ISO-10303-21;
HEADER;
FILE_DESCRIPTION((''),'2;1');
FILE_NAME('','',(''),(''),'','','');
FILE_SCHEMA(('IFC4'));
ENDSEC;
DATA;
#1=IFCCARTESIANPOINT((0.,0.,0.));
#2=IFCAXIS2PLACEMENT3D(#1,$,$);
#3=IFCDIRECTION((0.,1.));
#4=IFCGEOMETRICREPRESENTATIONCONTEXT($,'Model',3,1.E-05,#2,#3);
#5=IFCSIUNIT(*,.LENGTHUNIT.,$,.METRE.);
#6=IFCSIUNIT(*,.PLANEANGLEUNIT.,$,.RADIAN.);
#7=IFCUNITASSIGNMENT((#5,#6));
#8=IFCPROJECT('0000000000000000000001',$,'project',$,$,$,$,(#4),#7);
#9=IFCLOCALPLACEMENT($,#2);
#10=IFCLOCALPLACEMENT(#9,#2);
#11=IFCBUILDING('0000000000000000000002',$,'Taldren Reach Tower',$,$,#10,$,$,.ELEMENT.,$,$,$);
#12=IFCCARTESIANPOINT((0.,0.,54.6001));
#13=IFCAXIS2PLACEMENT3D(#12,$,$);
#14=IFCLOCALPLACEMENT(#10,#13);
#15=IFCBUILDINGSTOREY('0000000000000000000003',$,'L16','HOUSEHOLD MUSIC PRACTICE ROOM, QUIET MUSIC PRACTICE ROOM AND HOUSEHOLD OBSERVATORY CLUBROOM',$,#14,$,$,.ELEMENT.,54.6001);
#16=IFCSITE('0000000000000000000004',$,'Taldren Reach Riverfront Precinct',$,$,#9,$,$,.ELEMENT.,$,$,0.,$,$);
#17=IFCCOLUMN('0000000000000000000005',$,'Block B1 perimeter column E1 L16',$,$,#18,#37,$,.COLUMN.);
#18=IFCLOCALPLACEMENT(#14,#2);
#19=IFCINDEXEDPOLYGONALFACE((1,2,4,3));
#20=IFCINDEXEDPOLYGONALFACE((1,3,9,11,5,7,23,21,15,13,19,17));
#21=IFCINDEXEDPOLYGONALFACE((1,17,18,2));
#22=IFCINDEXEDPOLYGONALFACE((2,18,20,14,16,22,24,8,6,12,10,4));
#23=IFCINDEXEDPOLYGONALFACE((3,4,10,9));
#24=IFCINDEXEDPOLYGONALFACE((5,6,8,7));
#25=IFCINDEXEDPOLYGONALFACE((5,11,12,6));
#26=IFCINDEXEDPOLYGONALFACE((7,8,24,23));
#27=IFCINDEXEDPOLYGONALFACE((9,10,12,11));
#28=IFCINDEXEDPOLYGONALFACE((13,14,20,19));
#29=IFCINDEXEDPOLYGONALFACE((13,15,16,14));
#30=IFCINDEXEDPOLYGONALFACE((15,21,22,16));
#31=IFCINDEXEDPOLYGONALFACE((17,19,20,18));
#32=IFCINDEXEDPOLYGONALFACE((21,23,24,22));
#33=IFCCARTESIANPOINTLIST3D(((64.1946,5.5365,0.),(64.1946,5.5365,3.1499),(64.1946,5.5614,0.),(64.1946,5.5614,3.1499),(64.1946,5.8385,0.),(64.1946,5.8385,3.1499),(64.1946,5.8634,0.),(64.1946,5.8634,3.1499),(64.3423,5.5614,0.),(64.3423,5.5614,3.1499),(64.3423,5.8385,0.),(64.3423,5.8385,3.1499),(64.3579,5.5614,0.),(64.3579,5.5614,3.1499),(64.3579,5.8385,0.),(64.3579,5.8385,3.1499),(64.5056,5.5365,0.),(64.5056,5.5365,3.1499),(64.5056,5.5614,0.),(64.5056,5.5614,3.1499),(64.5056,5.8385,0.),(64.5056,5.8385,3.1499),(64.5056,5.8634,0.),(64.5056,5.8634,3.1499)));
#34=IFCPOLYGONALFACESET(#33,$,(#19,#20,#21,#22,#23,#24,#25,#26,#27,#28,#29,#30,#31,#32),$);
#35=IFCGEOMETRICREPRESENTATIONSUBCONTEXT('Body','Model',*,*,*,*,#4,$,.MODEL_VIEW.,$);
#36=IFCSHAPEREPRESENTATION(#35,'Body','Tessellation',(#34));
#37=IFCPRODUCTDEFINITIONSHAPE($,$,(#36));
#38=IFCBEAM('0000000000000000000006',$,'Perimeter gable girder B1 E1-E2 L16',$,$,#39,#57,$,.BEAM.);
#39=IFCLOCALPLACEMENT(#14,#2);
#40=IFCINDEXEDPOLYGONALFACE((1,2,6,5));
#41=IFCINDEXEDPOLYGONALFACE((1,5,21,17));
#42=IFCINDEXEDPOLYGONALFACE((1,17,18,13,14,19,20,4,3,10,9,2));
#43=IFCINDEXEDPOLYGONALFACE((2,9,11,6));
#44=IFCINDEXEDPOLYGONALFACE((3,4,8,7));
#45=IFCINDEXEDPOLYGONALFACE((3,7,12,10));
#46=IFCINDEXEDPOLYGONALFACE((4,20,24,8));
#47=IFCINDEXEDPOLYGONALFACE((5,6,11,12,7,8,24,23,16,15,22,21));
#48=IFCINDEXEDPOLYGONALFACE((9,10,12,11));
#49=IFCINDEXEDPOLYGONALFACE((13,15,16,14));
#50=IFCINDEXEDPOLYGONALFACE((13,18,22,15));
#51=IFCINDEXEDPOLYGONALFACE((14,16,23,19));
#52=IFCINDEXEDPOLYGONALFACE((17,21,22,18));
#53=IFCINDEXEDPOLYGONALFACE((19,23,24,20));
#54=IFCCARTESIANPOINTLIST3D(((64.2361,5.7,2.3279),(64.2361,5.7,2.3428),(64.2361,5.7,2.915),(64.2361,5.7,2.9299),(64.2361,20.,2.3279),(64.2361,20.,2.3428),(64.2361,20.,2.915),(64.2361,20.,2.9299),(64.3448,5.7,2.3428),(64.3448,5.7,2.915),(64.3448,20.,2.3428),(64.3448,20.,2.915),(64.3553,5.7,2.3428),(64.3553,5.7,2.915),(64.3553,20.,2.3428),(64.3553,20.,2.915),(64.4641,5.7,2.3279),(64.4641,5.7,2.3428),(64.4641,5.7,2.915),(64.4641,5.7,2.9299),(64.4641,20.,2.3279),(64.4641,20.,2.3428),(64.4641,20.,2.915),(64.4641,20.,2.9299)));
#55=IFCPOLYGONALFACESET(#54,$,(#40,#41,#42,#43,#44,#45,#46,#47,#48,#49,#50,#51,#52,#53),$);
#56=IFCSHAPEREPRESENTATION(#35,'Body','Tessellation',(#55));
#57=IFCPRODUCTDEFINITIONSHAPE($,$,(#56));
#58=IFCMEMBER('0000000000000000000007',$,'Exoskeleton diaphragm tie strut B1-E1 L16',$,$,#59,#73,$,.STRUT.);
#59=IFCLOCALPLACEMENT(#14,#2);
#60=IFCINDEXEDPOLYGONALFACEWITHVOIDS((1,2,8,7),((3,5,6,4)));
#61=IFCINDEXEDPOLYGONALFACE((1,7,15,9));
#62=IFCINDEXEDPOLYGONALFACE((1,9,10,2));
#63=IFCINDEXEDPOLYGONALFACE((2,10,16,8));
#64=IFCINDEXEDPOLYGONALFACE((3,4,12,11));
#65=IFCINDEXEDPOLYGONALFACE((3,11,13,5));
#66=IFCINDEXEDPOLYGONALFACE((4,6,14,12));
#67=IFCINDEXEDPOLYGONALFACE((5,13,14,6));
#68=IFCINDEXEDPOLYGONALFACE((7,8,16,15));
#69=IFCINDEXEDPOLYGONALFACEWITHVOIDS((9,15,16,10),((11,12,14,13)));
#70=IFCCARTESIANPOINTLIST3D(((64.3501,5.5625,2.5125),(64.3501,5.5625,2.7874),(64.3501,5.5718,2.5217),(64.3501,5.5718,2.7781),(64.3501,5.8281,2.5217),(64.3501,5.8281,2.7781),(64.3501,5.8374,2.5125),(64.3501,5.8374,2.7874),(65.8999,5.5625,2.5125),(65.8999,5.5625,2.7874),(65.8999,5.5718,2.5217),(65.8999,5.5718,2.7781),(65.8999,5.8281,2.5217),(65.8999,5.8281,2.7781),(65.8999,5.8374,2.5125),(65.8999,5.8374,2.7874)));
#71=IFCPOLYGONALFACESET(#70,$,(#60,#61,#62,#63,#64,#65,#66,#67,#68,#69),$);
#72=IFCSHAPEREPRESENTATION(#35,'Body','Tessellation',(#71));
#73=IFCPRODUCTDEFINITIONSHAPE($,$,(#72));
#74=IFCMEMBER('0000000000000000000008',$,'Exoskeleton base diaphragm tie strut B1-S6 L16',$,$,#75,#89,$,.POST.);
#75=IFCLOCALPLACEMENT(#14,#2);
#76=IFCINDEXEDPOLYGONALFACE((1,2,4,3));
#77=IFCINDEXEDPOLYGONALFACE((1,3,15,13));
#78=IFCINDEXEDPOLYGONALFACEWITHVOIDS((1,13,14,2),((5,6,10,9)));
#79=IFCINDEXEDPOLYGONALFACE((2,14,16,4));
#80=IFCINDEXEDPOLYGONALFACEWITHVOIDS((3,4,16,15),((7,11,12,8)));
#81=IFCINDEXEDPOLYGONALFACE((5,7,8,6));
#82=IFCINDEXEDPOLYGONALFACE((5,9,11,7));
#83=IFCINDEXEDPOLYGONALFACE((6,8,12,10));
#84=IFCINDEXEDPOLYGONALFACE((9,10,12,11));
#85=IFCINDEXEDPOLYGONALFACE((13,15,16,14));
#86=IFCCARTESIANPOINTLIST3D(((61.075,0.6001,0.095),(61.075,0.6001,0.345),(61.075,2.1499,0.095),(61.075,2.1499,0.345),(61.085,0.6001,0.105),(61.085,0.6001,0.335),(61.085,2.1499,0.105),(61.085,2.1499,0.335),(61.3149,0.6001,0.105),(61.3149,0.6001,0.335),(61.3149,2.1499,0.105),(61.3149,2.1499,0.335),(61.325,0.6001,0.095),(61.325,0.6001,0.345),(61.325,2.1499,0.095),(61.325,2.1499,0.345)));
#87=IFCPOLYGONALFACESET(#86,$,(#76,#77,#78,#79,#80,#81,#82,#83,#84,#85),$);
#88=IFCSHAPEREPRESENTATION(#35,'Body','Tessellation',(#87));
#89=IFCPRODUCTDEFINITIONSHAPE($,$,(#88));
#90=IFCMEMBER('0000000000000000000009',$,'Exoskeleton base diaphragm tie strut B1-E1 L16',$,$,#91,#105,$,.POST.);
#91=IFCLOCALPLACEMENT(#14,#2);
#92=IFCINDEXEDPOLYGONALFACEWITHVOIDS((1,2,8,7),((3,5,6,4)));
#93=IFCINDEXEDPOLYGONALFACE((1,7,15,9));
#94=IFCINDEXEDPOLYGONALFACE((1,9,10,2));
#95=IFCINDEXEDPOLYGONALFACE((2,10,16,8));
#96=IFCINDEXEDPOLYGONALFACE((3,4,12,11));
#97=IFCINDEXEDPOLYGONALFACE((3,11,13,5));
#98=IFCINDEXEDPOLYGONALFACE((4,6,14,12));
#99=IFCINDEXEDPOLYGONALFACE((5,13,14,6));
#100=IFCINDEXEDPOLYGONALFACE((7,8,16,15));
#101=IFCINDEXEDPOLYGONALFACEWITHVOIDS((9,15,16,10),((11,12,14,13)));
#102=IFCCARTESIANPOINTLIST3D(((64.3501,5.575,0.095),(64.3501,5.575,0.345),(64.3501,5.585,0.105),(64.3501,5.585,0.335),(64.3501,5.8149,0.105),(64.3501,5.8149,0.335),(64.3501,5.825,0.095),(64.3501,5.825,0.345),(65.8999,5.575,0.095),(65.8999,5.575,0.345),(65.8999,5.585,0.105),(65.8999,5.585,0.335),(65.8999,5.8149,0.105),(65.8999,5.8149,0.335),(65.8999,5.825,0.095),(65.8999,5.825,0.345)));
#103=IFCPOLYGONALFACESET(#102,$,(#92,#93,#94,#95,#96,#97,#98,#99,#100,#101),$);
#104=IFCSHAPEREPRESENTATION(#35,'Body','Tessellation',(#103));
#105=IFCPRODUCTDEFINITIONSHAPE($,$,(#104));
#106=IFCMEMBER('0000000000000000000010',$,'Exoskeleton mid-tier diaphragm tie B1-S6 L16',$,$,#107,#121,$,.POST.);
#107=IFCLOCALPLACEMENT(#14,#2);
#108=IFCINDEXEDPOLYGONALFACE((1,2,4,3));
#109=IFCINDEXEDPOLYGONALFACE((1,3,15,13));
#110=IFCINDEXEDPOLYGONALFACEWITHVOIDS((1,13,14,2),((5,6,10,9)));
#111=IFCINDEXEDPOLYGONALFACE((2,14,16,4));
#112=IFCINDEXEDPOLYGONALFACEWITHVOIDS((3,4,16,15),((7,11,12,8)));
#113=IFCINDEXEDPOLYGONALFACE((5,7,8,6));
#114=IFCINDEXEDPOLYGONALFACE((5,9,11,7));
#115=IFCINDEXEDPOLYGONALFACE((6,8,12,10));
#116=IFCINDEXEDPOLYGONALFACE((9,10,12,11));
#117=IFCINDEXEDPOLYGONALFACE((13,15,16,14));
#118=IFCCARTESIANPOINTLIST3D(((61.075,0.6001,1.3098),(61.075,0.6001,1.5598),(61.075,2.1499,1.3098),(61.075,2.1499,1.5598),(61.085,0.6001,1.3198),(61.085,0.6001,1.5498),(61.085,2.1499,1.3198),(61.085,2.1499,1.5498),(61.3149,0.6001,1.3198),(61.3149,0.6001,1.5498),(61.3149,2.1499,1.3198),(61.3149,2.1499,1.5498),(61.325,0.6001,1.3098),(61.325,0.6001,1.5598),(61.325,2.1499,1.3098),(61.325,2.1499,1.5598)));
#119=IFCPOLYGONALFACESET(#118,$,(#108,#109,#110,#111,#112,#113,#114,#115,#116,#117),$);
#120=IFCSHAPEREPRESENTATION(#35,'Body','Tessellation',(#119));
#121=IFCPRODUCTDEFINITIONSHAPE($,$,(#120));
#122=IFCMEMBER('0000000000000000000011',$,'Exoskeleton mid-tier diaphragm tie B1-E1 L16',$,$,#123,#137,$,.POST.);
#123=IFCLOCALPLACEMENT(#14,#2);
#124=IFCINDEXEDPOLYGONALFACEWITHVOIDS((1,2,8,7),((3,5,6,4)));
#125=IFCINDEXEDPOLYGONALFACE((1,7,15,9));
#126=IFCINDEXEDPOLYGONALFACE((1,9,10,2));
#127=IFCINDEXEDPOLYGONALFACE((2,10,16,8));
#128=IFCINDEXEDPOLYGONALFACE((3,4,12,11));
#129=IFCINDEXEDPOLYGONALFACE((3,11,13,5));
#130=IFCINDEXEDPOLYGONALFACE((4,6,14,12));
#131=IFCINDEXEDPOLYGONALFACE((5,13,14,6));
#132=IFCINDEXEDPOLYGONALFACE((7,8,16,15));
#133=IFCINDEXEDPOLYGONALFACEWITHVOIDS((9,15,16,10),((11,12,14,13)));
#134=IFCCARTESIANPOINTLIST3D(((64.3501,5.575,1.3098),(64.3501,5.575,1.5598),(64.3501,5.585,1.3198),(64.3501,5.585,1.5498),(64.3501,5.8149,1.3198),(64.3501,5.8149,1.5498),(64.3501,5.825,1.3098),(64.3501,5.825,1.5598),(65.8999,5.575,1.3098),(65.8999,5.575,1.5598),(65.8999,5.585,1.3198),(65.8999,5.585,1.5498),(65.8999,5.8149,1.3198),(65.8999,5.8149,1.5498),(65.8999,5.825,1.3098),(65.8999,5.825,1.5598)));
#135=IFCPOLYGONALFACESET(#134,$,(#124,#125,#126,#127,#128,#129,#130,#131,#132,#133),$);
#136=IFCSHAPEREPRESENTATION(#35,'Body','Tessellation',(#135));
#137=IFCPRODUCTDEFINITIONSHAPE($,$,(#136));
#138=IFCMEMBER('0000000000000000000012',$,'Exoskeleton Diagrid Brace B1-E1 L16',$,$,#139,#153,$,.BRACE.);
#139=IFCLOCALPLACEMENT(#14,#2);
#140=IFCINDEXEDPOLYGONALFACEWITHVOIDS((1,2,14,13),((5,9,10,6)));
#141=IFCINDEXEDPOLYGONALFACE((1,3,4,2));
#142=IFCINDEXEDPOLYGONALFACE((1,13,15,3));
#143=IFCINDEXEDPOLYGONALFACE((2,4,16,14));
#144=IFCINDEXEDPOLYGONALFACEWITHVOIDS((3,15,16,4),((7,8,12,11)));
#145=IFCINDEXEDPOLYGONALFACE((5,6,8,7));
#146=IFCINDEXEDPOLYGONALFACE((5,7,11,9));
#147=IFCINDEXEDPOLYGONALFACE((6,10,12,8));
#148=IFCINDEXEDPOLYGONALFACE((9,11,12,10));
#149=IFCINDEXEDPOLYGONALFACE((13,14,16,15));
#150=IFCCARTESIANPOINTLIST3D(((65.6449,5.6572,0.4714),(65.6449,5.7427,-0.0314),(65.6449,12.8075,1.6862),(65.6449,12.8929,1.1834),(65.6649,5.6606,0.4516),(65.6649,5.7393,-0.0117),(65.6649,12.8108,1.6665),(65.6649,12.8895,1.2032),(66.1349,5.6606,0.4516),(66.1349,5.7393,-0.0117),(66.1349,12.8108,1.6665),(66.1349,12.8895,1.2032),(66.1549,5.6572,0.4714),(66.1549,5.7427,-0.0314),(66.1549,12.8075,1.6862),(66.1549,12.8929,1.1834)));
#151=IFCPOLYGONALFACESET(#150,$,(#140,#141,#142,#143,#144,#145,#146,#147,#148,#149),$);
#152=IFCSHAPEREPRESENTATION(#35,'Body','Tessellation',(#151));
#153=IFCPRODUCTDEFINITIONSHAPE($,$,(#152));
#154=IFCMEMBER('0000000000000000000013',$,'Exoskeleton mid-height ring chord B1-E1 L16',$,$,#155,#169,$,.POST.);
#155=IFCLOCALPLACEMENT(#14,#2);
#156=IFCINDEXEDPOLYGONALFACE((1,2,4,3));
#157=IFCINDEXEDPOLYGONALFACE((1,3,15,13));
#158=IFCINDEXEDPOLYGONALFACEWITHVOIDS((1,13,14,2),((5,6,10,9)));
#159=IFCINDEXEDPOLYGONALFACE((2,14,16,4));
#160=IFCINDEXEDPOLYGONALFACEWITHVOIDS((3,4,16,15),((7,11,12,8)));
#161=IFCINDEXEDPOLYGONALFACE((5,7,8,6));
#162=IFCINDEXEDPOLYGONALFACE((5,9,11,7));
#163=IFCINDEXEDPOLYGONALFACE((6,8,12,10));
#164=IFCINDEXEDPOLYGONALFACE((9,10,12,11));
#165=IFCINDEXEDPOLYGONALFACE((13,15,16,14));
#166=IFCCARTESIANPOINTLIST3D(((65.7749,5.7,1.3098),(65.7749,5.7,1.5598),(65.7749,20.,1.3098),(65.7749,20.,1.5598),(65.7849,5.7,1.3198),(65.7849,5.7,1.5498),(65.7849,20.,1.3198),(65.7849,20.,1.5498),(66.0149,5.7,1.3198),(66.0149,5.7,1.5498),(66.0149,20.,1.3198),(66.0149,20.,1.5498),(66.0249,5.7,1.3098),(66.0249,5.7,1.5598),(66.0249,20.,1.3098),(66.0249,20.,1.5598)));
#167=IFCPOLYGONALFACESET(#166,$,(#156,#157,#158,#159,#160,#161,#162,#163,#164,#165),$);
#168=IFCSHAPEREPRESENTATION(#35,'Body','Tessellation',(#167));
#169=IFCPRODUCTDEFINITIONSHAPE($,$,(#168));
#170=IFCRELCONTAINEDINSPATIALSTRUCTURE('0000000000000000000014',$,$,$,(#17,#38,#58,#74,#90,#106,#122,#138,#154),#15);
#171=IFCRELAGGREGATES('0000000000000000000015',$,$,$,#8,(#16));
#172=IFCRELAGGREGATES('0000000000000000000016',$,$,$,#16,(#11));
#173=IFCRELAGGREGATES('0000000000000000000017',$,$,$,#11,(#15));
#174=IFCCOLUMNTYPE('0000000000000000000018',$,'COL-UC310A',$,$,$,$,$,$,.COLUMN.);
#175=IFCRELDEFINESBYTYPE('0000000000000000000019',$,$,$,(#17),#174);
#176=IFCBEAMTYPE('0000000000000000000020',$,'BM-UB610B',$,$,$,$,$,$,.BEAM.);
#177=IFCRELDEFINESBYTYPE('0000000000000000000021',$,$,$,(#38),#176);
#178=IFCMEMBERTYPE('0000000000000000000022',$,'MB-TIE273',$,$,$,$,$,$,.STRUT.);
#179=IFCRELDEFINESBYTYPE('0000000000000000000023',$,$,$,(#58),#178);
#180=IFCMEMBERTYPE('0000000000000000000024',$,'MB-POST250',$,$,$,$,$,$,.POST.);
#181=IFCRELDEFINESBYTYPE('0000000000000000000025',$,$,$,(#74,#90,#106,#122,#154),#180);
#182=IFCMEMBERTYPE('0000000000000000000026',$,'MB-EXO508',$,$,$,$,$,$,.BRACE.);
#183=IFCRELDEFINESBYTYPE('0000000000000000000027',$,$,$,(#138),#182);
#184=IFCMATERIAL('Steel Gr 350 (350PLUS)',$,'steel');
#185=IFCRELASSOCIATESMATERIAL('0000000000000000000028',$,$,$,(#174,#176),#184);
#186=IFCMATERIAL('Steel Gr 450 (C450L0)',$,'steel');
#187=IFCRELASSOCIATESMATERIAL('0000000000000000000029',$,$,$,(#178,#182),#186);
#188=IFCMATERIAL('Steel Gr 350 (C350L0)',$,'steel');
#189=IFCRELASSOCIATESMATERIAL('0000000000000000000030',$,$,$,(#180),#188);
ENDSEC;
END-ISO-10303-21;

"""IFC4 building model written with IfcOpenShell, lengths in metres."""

from ifc_helpers import new_model, si_unit, direction, frame, origin, origin_2d, place, context, subcontext, project, spatial, hollow_rectangle, i_section, extrude, source, transform, mapped, material, material_profile, profile_set, type_object, element, save


model = new_model("IFC4")

# Units and contexts
model_context = context("Model", 3, precision=1e-05, world=origin(), true_north=direction((0.0, 1.0)))
body_context = subcontext(model_context, "Body", "Model", "MODEL_VIEW")
ifc_project = project(units=[si_unit("LENGTHUNIT", "METRE"), si_unit("PLANEANGLEUNIT", "RADIAN")], contexts=[model_context])

# Site, building, storey
site_placement = place(None, origin())
site = spatial("IfcSite", under=ifc_project, at=site_placement, Name="Taldren Reach Riverfront Precinct", CompositionType="ELEMENT", RefElevation=0.0)
building_placement = place(site_placement, origin())
building = spatial("IfcBuilding", under=site, at=building_placement, Name="Taldren Reach Tower", CompositionType="ELEMENT")
storey_placement = place(building_placement, frame((0.0, 0.0, 54.6001)))
storey = spatial("IfcBuildingStorey", under=building, at=storey_placement, Name="L16", Description="HOUSEHOLD MUSIC PRACTICE ROOM, QUIET MUSIC PRACTICE ROOM AND HOUSEHOLD OBSERVATORY CLUBROOM", CompositionType="ELEMENT", Elevation=54.6001)

# Column
ifc_material_1 = material(Name="Steel Gr 350 (350PLUS)", Category="steel")
ifc_material_profile_1 = material_profile(ifc_material_1, i_section(OverallWidth=0.311, OverallDepth=0.3269, WebThickness=0.0156, FlangeThickness=0.0249, at=origin_2d()), Name="310UC158")
ifc_profile_set_1 = profile_set([ifc_material_profile_1], Name="Steel Gr 350 (350PLUS)")
column_type = type_object("IfcColumnType", Name="COL-UC310A", PredefinedType="COLUMN", material=ifc_profile_set_1)
shared_shape_1 = source(origin(), body_context, "Body", "SweptSolid", [
    extrude(i_section(OverallWidth=0.311, OverallDepth=0.3269, WebThickness=0.0156, FlangeThickness=0.0249, at=origin_2d()), origin(), (0.0, 0.0, 1.0), 3.1499),
])
column_placement = place(storey_placement, frame((64.3501, 5.7, 0.0), z_axis=(0.0, 0.0, 1.0), x_axis=(1.0, 0.0, 0.0)))
element("IfcColumn", 1, at=column_placement, inside=storey, type_object=column_type, Name="Block B1 perimeter column E1 L16", PredefinedType="COLUMN", context=body_context, shape_type="MappedRepresentation", body=[
    mapped(shared_shape_1, transform((0.0, 0.0, 0.0), scale=1.0)),
])

# Beam
ifc_material_profile_2 = material_profile(ifc_material_1, i_section(OverallWidth=0.228, OverallDepth=0.6021, WebThickness=0.0105, FlangeThickness=0.0149, at=origin_2d()), Name="610UB101")
ifc_profile_set_2 = profile_set([ifc_material_profile_2], Name="Steel Gr 350 (350PLUS)")
beam_type = type_object("IfcBeamType", Name="BM-UB610B", PredefinedType="BEAM", material=ifc_profile_set_2)
shared_shape_2 = source(origin(), body_context, "Body", "SweptSolid", [
    extrude(i_section(OverallWidth=0.228, OverallDepth=0.6021, WebThickness=0.0105, FlangeThickness=0.0149, at=origin_2d()), origin(), (0.0, 0.0, 1.0), 14.3),
])
beam_placement = place(storey_placement, frame((64.3501, 5.7, 2.6289), z_axis=(0.0, 1.0, 0.0), x_axis=(-1.0, 0.0, 0.0)))
element("IfcBeam", 2, at=beam_placement, inside=storey, type_object=beam_type, Name="Perimeter gable girder B1 E1-E2 L16", PredefinedType="BEAM", context=body_context, shape_type="MappedRepresentation", body=[
    mapped(shared_shape_2, transform((0.0, 0.0, 0.0), scale=1.0)),
])

# Members
ifc_material_2 = material(Name="Steel Gr 450 (C450L0)", Category="steel")
ifc_material_profile_3 = material_profile(ifc_material_2, hollow_rectangle(XDim=0.2749, YDim=0.2749, WallThickness=0.0093, at=origin_2d()), Name="275x275x9.3SHS")
ifc_profile_set_3 = profile_set([ifc_material_profile_3], Name="Steel Gr 450 (C450L0)")
member_type_1 = type_object("IfcMemberType", Name="MB-TIE273", PredefinedType="STRUT", material=ifc_profile_set_3)
shared_shape_3 = source(origin(), body_context, "Body", "SweptSolid", [
    extrude(hollow_rectangle(XDim=0.2749, YDim=0.2749, WallThickness=0.0093, at=origin_2d()), origin(), (0.0, 0.0, 1.0), 1.5498),
])
member_1_placement = place(storey_placement, frame((64.3501, 5.7, 2.6499), z_axis=(1.0, 0.0, 0.0), x_axis=(0.0, 1.0, 0.0)))
element("IfcMember", 3, at=member_1_placement, inside=storey, type_object=member_type_1, Name="Exoskeleton diaphragm tie strut B1-E1 L16", PredefinedType="STRUT", context=body_context, shape_type="MappedRepresentation", body=[
    mapped(shared_shape_3, transform((0.0, 0.0, 0.0), scale=1.0)),
])
ifc_material_3 = material(Name="Steel Gr 350 (C350L0)", Category="steel")
ifc_material_profile_4 = material_profile(ifc_material_3, hollow_rectangle(XDim=0.25, YDim=0.25, WallThickness=0.01, at=origin_2d()), Name="250x250x10.0SHS")
ifc_profile_set_4 = profile_set([ifc_material_profile_4], Name="Steel Gr 350 (C350L0)")
member_type_2 = type_object("IfcMemberType", Name="MB-POST250", PredefinedType="POST", material=ifc_profile_set_4)
shared_shape_4 = source(origin(), body_context, "Body", "SweptSolid", [
    extrude(hollow_rectangle(XDim=0.25, YDim=0.25, WallThickness=0.01, at=origin_2d()), origin(), (0.0, 0.0, 1.0), 1.5498),
])
for number, where, z_axis, x_axis, name in (
    (4, (61.2, 2.1499, 0.22), (0.0, -1.0, 0.0), (1.0, 0.0, 0.0), "Exoskeleton base diaphragm tie strut B1-S6 L16"),
    (5, (64.3501, 5.7, 0.22), (1.0, 0.0, 0.0), (0.0, 1.0, 0.0), "Exoskeleton base diaphragm tie strut B1-E1 L16"),
    (6, (61.2, 2.1499, 1.4348), (0.0, -1.0, 0.0), (1.0, 0.0, 0.0), "Exoskeleton mid-tier diaphragm tie B1-S6 L16"),
    (7, (64.3501, 5.7, 1.4348), (1.0, 0.0, 0.0), (0.0, 1.0, 0.0), "Exoskeleton mid-tier diaphragm tie B1-E1 L16"),
):
    element("IfcMember", number, at=place(storey_placement, frame(where, z_axis=z_axis, x_axis=x_axis)), inside=storey, type_object=member_type_2, Name=name, PredefinedType="POST", context=body_context, shape_type="MappedRepresentation", body=[
        mapped(shared_shape_4, transform((0.0, 0.0, 0.0), scale=1.0)),
    ])
ifc_material_profile_5 = material_profile(ifc_material_2, hollow_rectangle(XDim=0.51, YDim=0.51, WallThickness=0.02, at=origin_2d()), Name="510x510x20.0SHS")
ifc_profile_set_5 = profile_set([ifc_material_profile_5], Name="Steel Gr 450 (C450L0)")
member_type_3 = type_object("IfcMemberType", Name="MB-EXO508", PredefinedType="BRACE", material=ifc_profile_set_5)
shared_shape_5 = source(origin(), body_context, "Body", "SweptSolid", [
    extrude(hollow_rectangle(XDim=0.51, YDim=0.51, WallThickness=0.02, at=origin_2d()), origin(), (0.0, 0.0, 1.0), 7.2527),
])
member_2_placement = place(storey_placement, frame((65.8999, 5.7, 0.22), z_axis=(0.0, 0.985871, 0.167504), x_axis=(-1.0, 0.0, 0.0)))
element("IfcMember", 8, at=member_2_placement, inside=storey, type_object=member_type_3, Name="Exoskeleton Diagrid Brace B1-E1 L16", PredefinedType="BRACE", context=body_context, shape_type="MappedRepresentation", body=[
    mapped(shared_shape_5, transform((0.0, 0.0, 0.0), scale=1.0)),
])
shared_shape_6 = source(origin(), body_context, "Body", "SweptSolid", [
    extrude(hollow_rectangle(XDim=0.25, YDim=0.25, WallThickness=0.01, at=origin_2d()), origin(), (0.0, 0.0, 1.0), 14.3),
])
member_3_placement = place(storey_placement, frame((65.8999, 5.7, 1.4348), z_axis=(0.0, 1.0, 0.0), x_axis=(-1.0, 0.0, 0.0)))
element("IfcMember", 9, at=member_3_placement, inside=storey, type_object=member_type_2, Name="Exoskeleton mid-height ring chord B1-E1 L16", PredefinedType="POST", context=body_context, shape_type="MappedRepresentation", body=[
    mapped(shared_shape_6, transform((0.0, 0.0, 0.0), scale=1.0)),
])

save(model, "model.ifc")
